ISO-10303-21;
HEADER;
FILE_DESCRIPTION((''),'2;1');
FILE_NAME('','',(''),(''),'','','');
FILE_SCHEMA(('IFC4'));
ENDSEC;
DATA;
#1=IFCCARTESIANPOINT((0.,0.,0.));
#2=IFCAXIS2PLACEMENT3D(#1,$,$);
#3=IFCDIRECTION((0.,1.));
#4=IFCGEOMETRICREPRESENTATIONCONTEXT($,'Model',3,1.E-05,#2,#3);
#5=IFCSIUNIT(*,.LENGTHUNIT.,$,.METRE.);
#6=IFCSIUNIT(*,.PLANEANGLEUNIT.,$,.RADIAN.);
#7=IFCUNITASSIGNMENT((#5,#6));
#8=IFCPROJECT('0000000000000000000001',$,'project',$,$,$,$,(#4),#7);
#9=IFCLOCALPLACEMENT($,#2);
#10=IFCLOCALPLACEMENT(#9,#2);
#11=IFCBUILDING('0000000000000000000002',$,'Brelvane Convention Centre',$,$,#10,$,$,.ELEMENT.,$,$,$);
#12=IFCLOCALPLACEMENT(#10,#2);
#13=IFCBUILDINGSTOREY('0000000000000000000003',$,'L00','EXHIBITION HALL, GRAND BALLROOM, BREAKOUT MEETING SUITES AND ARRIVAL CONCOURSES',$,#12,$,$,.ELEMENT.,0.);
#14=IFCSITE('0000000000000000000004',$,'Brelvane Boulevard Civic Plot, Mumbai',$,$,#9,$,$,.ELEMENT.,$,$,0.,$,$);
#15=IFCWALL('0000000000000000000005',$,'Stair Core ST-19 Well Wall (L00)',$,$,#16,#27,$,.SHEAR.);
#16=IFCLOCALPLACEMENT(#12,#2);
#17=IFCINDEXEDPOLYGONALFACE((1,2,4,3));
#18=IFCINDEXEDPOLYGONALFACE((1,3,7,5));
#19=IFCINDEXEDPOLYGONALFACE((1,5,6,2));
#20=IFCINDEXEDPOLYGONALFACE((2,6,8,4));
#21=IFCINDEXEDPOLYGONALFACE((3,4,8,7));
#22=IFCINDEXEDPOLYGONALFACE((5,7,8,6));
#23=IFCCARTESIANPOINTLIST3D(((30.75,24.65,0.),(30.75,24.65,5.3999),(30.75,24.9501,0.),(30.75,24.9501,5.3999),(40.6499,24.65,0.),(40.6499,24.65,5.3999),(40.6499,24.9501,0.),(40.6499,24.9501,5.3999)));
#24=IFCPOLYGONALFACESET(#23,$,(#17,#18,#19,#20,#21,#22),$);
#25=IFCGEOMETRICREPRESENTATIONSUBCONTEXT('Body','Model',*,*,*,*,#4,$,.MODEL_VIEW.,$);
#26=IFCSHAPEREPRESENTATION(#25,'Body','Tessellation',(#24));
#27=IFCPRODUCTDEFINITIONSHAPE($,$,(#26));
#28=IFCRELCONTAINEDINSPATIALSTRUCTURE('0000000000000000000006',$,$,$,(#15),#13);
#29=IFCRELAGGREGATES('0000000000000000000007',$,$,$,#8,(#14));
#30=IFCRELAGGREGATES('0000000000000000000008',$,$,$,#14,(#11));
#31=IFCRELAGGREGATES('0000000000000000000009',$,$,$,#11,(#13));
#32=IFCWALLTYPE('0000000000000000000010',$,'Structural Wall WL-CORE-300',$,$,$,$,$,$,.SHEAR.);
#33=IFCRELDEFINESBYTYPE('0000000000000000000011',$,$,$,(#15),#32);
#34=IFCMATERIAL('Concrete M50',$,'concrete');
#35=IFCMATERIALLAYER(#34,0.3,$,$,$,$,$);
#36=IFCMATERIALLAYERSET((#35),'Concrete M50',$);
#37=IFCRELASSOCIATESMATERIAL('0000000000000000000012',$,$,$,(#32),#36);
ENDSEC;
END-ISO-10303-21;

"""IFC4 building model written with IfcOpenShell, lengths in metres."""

from ifc_helpers import new_model, si_unit, direction, frame, frame_2d, origin, place, context, subcontext, project, spatial, rectangle, extrude, material, layer, layer_set, type_object, element, save


model = new_model("IFC4")

# Units and contexts
model_context = context("Model", 3, precision=1e-05, world=origin(), true_north=direction((0.0, 1.0)))
body_context = subcontext(model_context, "Body", "Model", "MODEL_VIEW")
ifc_project = project(units=[si_unit("LENGTHUNIT", "METRE"), si_unit("PLANEANGLEUNIT", "RADIAN")], contexts=[model_context])

# Site, building, storey
site_placement = place(None, origin())
site = spatial("IfcSite", under=ifc_project, at=site_placement, Name="Brelvane Boulevard Civic Plot, Mumbai", CompositionType="ELEMENT", RefElevation=0.0)
building_placement = place(site_placement, origin())
building = spatial("IfcBuilding", under=site, at=building_placement, Name="Brelvane Convention Centre", CompositionType="ELEMENT")
storey_placement = place(building_placement, origin())
storey = spatial("IfcBuildingStorey", under=building, at=storey_placement, Name="L00", Description="EXHIBITION HALL, GRAND BALLROOM, BREAKOUT MEETING SUITES AND ARRIVAL CONCOURSES", CompositionType="ELEMENT", Elevation=0.0)

# Wall
ifc_material_1 = material(Name="Concrete M50", Category="concrete")
ifc_layer_1 = layer(ifc_material_1, 0.3)
ifc_layer_set_1 = layer_set([ifc_layer_1], Name="Concrete M50")
wall_type_1 = type_object("IfcWallType", Name="Structural Wall WL-CORE-300", PredefinedType="SHEAR", material=ifc_layer_set_1)
wall_1_placement = place(storey_placement, frame((30.75, 24.8, 0.0), z_axis=(0.0, 0.0, 1.0), x_axis=(1.0, 0.0, 0.0)))
element("IfcWall", 1, at=wall_1_placement, inside=storey, type_object=wall_type_1, Name="Stair Core ST-19 Well Wall (L00)", PredefinedType="SHEAR", context=body_context, shape_type="SweptSolid", body=[
    extrude(rectangle(XDim=9.8999, YDim=0.3, at=frame_2d((4.95, 0.0))), origin(), (0.0, 0.0, 1.0), 5.3999),
])

save(model, "model.ifc")
